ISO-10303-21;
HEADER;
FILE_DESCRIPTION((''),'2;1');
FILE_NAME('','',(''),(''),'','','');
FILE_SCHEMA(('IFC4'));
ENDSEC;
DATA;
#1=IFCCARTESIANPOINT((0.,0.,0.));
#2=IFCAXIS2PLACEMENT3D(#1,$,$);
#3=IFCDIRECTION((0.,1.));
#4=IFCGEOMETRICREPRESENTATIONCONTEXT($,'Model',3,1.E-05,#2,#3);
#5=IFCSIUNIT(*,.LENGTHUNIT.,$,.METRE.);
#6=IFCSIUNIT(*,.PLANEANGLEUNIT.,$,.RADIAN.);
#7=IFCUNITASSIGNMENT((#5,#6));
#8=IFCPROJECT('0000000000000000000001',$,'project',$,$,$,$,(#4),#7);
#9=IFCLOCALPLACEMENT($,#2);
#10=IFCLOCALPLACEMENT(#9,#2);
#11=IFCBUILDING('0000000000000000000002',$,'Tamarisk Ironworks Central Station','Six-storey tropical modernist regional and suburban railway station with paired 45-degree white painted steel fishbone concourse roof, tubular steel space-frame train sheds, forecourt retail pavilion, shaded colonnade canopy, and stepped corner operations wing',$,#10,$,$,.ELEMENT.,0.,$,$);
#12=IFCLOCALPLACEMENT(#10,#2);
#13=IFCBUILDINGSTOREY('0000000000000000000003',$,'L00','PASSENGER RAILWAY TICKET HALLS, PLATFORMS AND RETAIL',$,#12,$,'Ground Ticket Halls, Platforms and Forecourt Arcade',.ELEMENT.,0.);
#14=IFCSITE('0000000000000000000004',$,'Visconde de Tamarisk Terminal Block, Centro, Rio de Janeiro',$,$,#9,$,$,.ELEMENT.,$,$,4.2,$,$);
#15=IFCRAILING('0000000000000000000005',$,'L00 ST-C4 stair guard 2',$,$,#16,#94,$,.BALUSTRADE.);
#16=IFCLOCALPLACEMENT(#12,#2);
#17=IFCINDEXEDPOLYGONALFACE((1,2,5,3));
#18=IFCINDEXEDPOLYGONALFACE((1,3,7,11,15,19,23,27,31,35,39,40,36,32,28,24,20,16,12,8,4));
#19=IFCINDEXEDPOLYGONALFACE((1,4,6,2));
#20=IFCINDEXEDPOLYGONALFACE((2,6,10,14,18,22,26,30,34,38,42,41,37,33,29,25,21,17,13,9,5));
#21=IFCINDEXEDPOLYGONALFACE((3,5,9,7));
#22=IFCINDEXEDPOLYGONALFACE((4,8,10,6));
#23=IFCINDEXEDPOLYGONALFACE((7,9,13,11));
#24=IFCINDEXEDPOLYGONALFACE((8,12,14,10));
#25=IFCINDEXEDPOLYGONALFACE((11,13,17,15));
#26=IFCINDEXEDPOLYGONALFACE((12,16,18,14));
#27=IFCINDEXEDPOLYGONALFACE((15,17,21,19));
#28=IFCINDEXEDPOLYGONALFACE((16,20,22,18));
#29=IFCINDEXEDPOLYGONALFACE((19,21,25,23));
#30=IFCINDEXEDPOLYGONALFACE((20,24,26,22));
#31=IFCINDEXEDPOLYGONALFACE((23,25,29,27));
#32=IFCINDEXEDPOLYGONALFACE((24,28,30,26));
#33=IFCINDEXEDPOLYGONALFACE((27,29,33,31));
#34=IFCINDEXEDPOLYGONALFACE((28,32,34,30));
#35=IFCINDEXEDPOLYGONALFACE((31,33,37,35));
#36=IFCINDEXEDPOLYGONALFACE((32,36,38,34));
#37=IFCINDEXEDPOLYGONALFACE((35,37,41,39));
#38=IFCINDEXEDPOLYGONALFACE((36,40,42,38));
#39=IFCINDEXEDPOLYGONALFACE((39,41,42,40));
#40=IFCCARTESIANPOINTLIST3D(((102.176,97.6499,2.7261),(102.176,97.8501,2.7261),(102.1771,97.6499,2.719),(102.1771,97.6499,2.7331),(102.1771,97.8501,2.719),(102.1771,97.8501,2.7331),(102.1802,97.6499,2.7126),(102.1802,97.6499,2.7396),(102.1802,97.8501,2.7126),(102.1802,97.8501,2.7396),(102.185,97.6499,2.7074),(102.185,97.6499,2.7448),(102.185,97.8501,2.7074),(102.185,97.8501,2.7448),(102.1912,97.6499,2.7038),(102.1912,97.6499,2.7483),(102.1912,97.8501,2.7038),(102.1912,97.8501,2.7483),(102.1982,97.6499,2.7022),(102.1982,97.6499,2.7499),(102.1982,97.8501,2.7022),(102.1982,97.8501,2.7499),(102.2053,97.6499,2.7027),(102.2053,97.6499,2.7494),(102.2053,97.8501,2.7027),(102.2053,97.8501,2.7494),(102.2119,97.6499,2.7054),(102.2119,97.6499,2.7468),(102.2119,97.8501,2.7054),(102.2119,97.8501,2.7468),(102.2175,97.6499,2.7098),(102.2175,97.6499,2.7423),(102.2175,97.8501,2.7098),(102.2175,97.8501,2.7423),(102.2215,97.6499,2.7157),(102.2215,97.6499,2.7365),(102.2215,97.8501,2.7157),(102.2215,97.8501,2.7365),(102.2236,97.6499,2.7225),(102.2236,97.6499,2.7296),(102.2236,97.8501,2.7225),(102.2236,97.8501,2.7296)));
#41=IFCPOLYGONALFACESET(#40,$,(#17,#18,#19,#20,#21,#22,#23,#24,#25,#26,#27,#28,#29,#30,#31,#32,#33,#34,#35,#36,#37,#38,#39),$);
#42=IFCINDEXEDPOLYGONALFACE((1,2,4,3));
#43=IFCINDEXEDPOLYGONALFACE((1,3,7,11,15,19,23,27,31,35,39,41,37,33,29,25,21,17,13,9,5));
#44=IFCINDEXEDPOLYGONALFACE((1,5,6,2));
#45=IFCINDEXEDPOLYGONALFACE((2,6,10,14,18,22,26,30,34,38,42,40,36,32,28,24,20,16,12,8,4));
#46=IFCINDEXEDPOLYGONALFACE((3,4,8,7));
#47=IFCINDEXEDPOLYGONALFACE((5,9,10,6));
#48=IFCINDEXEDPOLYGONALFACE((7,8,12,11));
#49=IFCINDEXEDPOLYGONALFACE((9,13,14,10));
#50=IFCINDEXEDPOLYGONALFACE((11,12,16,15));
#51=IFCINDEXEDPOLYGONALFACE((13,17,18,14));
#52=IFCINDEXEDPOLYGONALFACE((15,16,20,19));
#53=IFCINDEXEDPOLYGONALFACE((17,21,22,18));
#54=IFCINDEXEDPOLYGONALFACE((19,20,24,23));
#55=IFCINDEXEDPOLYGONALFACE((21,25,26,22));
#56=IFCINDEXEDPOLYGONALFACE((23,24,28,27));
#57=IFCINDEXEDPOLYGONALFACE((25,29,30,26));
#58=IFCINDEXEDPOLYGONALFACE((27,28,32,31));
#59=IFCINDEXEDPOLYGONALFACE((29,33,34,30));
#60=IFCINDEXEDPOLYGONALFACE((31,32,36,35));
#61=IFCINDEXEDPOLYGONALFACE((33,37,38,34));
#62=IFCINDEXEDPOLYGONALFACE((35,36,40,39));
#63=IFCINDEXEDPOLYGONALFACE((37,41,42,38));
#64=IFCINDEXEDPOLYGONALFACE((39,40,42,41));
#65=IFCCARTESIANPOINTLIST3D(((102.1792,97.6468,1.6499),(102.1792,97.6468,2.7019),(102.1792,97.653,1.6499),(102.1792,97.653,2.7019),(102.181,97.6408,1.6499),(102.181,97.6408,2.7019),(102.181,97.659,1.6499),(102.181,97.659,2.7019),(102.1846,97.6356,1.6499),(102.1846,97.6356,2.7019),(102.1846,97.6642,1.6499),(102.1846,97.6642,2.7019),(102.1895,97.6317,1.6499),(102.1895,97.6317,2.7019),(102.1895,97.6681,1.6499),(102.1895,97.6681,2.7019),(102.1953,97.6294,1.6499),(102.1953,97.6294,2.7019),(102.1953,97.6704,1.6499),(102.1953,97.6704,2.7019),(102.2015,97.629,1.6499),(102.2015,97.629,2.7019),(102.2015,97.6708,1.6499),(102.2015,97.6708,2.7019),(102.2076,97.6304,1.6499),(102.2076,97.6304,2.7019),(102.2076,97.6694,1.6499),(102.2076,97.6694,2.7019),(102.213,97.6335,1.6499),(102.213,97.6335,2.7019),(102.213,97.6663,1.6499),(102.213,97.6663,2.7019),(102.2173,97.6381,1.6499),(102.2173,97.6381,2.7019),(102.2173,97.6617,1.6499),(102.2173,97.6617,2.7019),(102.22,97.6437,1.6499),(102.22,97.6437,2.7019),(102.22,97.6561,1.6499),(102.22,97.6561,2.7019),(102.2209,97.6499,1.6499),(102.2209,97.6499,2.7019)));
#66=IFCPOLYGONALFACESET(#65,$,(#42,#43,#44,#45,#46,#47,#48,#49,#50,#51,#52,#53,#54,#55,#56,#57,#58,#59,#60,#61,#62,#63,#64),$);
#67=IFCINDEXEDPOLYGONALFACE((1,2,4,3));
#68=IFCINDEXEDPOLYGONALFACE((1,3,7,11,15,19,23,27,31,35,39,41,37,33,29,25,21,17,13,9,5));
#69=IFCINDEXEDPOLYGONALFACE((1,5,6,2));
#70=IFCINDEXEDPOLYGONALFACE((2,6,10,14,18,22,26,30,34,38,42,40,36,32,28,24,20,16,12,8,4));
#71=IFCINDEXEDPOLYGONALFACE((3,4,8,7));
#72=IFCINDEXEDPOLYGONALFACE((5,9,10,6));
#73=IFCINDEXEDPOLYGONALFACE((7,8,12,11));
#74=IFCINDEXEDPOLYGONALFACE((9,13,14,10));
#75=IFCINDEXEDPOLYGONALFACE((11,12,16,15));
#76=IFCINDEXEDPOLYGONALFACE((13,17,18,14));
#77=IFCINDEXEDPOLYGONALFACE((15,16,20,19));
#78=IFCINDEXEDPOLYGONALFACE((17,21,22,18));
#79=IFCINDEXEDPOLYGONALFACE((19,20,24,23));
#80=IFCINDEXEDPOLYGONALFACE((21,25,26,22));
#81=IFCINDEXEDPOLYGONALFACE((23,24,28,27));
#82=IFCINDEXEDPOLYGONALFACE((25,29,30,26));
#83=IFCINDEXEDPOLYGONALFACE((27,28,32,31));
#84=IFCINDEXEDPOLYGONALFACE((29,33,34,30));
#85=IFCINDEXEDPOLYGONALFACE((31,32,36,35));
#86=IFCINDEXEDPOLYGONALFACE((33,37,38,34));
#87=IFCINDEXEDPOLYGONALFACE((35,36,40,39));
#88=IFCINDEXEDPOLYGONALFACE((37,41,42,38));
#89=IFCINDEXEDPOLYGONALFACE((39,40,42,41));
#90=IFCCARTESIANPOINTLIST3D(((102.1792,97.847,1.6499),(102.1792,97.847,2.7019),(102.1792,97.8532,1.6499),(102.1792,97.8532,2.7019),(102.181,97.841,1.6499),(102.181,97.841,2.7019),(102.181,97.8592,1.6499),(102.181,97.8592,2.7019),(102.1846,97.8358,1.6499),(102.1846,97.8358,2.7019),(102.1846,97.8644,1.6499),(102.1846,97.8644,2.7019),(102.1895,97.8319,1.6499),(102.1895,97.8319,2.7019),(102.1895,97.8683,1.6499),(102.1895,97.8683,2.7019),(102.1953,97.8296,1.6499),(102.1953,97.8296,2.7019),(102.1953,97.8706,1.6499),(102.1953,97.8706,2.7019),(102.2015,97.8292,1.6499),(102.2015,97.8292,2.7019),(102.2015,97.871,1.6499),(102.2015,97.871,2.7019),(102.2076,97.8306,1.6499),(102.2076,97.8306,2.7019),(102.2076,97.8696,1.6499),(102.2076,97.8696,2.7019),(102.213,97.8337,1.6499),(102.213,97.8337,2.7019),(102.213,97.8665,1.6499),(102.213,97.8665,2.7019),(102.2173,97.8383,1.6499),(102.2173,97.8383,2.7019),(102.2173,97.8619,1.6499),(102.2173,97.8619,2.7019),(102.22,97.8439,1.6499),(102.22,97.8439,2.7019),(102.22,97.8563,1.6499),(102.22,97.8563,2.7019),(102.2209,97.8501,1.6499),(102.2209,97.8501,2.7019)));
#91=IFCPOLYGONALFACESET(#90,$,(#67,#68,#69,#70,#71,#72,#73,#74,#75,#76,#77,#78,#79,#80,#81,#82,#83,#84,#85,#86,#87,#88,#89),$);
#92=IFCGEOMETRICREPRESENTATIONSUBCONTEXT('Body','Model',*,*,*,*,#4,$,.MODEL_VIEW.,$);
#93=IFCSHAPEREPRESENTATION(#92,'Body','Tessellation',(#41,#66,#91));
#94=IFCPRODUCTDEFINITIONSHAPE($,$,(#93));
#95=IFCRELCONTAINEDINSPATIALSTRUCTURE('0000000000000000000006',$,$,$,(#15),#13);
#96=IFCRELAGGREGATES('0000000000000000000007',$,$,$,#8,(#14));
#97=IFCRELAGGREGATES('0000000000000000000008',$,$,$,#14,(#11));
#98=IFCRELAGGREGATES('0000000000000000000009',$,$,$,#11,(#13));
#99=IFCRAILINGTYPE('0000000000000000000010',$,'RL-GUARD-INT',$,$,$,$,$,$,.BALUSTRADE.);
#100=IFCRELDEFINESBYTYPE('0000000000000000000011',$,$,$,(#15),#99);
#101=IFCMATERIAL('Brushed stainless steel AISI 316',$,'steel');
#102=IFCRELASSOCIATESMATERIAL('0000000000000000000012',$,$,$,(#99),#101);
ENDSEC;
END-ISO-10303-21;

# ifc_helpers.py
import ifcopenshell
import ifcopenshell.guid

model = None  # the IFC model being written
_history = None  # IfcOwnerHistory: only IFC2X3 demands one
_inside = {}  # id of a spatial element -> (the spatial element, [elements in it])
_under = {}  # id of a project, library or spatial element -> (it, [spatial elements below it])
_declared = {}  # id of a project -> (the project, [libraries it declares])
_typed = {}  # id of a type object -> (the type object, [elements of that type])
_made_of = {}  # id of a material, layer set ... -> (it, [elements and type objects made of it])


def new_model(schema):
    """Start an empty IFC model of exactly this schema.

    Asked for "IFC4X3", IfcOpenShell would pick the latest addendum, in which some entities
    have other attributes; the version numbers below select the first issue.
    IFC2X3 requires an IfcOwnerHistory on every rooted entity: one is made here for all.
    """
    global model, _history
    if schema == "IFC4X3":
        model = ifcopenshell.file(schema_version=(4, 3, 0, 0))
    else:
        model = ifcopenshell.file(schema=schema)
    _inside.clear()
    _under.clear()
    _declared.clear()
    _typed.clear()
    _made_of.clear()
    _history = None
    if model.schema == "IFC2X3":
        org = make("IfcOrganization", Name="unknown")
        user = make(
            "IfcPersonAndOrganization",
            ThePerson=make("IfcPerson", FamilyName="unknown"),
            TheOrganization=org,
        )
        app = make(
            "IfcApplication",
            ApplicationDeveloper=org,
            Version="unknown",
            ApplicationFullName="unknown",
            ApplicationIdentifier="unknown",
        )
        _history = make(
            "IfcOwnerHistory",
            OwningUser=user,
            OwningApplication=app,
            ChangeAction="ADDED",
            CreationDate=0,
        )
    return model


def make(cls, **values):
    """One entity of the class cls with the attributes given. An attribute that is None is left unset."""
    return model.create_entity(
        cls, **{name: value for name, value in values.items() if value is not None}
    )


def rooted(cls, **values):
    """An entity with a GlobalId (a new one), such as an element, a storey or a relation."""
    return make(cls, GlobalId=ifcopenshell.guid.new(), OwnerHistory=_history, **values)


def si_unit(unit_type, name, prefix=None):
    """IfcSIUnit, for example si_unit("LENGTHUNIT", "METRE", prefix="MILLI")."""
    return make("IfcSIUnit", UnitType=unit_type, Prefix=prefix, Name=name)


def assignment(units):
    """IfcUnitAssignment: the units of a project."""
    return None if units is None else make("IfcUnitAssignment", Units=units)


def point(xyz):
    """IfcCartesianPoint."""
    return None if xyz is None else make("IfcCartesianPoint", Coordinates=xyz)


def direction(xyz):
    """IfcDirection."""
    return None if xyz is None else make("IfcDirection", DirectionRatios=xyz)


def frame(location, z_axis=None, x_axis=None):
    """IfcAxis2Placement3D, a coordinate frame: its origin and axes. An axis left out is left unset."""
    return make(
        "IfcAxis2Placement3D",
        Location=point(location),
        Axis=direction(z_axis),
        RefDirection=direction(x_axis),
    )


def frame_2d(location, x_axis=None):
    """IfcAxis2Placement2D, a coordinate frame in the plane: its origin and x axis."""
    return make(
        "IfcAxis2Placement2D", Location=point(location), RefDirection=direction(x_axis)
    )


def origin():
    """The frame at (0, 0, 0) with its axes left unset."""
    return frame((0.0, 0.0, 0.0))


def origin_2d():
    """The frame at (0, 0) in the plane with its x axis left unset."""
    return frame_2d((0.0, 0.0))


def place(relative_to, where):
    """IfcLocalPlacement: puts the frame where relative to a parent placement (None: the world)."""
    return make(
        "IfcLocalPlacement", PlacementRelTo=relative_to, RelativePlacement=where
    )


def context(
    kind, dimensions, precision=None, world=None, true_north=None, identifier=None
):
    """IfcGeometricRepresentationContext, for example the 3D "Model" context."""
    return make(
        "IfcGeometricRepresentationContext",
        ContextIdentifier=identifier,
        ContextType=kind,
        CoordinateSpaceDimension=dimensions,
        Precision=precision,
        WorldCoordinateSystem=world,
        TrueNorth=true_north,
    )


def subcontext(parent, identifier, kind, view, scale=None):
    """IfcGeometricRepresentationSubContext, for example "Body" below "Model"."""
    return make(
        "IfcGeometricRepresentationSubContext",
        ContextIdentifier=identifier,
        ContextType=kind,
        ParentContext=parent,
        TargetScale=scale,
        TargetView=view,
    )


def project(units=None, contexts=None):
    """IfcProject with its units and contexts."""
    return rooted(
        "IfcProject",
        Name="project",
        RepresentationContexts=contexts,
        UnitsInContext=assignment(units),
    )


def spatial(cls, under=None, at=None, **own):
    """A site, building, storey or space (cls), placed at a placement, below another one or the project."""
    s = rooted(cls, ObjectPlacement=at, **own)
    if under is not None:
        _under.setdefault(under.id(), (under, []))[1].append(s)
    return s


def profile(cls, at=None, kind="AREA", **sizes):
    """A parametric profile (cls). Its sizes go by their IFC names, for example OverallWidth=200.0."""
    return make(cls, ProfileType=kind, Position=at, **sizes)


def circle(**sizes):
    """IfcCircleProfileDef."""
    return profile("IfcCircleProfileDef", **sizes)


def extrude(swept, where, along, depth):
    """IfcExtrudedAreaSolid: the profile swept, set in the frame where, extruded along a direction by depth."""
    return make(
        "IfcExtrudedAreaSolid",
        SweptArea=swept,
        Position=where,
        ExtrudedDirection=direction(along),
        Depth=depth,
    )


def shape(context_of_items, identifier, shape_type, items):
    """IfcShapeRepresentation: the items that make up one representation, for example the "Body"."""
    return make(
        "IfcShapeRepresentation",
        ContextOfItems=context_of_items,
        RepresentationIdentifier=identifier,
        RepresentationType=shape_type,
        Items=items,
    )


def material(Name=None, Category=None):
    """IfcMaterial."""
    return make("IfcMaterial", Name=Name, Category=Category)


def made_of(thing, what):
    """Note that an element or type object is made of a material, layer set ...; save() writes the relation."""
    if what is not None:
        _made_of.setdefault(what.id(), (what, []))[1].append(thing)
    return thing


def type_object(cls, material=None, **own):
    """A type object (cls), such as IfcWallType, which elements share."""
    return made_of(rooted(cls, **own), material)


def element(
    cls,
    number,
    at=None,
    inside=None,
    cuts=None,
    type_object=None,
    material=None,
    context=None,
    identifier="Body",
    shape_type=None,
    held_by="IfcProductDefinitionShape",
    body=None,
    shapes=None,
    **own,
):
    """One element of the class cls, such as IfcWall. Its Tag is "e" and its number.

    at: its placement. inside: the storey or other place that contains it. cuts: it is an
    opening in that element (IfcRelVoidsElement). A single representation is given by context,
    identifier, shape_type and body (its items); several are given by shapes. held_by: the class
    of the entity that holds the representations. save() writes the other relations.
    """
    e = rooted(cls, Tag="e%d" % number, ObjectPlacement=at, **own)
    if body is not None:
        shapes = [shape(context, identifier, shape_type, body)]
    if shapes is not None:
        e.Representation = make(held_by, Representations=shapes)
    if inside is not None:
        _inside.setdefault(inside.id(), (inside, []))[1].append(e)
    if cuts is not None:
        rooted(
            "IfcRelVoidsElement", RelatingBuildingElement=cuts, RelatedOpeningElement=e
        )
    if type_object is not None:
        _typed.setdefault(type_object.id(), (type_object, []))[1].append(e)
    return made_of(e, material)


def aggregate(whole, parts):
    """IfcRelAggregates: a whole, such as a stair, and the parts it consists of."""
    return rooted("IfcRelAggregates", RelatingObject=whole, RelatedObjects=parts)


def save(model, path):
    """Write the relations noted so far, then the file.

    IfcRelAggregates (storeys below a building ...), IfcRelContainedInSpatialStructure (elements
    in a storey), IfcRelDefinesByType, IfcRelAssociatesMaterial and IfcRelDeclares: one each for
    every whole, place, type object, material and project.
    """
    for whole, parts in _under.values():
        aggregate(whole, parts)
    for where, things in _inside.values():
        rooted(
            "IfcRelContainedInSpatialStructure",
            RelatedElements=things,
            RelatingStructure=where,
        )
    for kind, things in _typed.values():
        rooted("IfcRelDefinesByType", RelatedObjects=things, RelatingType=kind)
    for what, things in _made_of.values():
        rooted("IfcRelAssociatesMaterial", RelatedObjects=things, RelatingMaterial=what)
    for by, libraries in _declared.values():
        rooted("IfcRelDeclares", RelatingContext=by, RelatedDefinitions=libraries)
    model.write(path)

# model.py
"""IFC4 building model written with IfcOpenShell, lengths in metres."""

from ifc_helpers import new_model, si_unit, direction, frame, origin, origin_2d, place, context, subcontext, project, spatial, circle, extrude, material, type_object, element, save


model = new_model("IFC4")

# Units and contexts
model_context = context("Model", 3, precision=1e-05, world=origin(), true_north=direction((0.0, 1.0)))
body_context = subcontext(model_context, "Body", "Model", "MODEL_VIEW")
ifc_project = project(units=[si_unit("LENGTHUNIT", "METRE"), si_unit("PLANEANGLEUNIT", "RADIAN")], contexts=[model_context])

# Site, building, storey
site_placement = place(None, origin())
site = spatial("IfcSite", under=ifc_project, at=site_placement, Name="Visconde de Tamarisk Terminal Block, Centro, Rio de Janeiro", CompositionType="ELEMENT", RefElevation=4.2)
building_placement = place(site_placement, origin())
building = spatial("IfcBuilding", under=site, at=building_placement, Name="Tamarisk Ironworks Central Station", Description="Six-storey tropical modernist regional and suburban railway station with paired 45-degree white painted steel fishbone concourse roof, tubular steel space-frame train sheds, forecourt retail pavilion, shaded colonnade canopy, and stepped corner operations wing", CompositionType="ELEMENT", ElevationOfRefHeight=0.0)
storey_placement = place(building_placement, origin())
storey = spatial("IfcBuildingStorey", under=building, at=storey_placement, Name="L00", Description="PASSENGER RAILWAY TICKET HALLS, PLATFORMS AND RETAIL", LongName="Ground Ticket Halls, Platforms and Forecourt Arcade", CompositionType="ELEMENT", Elevation=0.0)

# Shared definitions
ifc_material_1 = material(Name="Brushed stainless steel AISI 316", Category="steel")

# Railing
railing_type_1 = type_object("IfcRailingType", Name="RL-GUARD-INT", PredefinedType="BALUSTRADE", material=ifc_material_1)
railing_1_placement = place(storey_placement, frame((102.2, 97.6499, 1.6499)))
element("IfcRailing", 1, at=railing_1_placement, inside=storey, type_object=railing_type_1, Name="L00 ST-C4 stair guard 2", PredefinedType="BALUSTRADE", context=body_context, shape_type="SweptSolid", body=[
    extrude(circle(Radius=0.0239, at=origin_2d()), frame((0.0, 0.0, 1.0762), z_axis=(0.0, 1.0, 0.0), x_axis=(-1.0, 0.0, 0.0)), (0.0, 0.0, 1.0), 0.2002),
    extrude(circle(Radius=0.021, at=origin_2d()), origin(), (0.0, 0.0, 1.0), 1.052),
    extrude(circle(Radius=0.021, at=origin_2d()), frame((0.0, 0.2002, 0.0)), (0.0, 0.0, 1.0), 1.052),
])

save(model, "model.ifc")
